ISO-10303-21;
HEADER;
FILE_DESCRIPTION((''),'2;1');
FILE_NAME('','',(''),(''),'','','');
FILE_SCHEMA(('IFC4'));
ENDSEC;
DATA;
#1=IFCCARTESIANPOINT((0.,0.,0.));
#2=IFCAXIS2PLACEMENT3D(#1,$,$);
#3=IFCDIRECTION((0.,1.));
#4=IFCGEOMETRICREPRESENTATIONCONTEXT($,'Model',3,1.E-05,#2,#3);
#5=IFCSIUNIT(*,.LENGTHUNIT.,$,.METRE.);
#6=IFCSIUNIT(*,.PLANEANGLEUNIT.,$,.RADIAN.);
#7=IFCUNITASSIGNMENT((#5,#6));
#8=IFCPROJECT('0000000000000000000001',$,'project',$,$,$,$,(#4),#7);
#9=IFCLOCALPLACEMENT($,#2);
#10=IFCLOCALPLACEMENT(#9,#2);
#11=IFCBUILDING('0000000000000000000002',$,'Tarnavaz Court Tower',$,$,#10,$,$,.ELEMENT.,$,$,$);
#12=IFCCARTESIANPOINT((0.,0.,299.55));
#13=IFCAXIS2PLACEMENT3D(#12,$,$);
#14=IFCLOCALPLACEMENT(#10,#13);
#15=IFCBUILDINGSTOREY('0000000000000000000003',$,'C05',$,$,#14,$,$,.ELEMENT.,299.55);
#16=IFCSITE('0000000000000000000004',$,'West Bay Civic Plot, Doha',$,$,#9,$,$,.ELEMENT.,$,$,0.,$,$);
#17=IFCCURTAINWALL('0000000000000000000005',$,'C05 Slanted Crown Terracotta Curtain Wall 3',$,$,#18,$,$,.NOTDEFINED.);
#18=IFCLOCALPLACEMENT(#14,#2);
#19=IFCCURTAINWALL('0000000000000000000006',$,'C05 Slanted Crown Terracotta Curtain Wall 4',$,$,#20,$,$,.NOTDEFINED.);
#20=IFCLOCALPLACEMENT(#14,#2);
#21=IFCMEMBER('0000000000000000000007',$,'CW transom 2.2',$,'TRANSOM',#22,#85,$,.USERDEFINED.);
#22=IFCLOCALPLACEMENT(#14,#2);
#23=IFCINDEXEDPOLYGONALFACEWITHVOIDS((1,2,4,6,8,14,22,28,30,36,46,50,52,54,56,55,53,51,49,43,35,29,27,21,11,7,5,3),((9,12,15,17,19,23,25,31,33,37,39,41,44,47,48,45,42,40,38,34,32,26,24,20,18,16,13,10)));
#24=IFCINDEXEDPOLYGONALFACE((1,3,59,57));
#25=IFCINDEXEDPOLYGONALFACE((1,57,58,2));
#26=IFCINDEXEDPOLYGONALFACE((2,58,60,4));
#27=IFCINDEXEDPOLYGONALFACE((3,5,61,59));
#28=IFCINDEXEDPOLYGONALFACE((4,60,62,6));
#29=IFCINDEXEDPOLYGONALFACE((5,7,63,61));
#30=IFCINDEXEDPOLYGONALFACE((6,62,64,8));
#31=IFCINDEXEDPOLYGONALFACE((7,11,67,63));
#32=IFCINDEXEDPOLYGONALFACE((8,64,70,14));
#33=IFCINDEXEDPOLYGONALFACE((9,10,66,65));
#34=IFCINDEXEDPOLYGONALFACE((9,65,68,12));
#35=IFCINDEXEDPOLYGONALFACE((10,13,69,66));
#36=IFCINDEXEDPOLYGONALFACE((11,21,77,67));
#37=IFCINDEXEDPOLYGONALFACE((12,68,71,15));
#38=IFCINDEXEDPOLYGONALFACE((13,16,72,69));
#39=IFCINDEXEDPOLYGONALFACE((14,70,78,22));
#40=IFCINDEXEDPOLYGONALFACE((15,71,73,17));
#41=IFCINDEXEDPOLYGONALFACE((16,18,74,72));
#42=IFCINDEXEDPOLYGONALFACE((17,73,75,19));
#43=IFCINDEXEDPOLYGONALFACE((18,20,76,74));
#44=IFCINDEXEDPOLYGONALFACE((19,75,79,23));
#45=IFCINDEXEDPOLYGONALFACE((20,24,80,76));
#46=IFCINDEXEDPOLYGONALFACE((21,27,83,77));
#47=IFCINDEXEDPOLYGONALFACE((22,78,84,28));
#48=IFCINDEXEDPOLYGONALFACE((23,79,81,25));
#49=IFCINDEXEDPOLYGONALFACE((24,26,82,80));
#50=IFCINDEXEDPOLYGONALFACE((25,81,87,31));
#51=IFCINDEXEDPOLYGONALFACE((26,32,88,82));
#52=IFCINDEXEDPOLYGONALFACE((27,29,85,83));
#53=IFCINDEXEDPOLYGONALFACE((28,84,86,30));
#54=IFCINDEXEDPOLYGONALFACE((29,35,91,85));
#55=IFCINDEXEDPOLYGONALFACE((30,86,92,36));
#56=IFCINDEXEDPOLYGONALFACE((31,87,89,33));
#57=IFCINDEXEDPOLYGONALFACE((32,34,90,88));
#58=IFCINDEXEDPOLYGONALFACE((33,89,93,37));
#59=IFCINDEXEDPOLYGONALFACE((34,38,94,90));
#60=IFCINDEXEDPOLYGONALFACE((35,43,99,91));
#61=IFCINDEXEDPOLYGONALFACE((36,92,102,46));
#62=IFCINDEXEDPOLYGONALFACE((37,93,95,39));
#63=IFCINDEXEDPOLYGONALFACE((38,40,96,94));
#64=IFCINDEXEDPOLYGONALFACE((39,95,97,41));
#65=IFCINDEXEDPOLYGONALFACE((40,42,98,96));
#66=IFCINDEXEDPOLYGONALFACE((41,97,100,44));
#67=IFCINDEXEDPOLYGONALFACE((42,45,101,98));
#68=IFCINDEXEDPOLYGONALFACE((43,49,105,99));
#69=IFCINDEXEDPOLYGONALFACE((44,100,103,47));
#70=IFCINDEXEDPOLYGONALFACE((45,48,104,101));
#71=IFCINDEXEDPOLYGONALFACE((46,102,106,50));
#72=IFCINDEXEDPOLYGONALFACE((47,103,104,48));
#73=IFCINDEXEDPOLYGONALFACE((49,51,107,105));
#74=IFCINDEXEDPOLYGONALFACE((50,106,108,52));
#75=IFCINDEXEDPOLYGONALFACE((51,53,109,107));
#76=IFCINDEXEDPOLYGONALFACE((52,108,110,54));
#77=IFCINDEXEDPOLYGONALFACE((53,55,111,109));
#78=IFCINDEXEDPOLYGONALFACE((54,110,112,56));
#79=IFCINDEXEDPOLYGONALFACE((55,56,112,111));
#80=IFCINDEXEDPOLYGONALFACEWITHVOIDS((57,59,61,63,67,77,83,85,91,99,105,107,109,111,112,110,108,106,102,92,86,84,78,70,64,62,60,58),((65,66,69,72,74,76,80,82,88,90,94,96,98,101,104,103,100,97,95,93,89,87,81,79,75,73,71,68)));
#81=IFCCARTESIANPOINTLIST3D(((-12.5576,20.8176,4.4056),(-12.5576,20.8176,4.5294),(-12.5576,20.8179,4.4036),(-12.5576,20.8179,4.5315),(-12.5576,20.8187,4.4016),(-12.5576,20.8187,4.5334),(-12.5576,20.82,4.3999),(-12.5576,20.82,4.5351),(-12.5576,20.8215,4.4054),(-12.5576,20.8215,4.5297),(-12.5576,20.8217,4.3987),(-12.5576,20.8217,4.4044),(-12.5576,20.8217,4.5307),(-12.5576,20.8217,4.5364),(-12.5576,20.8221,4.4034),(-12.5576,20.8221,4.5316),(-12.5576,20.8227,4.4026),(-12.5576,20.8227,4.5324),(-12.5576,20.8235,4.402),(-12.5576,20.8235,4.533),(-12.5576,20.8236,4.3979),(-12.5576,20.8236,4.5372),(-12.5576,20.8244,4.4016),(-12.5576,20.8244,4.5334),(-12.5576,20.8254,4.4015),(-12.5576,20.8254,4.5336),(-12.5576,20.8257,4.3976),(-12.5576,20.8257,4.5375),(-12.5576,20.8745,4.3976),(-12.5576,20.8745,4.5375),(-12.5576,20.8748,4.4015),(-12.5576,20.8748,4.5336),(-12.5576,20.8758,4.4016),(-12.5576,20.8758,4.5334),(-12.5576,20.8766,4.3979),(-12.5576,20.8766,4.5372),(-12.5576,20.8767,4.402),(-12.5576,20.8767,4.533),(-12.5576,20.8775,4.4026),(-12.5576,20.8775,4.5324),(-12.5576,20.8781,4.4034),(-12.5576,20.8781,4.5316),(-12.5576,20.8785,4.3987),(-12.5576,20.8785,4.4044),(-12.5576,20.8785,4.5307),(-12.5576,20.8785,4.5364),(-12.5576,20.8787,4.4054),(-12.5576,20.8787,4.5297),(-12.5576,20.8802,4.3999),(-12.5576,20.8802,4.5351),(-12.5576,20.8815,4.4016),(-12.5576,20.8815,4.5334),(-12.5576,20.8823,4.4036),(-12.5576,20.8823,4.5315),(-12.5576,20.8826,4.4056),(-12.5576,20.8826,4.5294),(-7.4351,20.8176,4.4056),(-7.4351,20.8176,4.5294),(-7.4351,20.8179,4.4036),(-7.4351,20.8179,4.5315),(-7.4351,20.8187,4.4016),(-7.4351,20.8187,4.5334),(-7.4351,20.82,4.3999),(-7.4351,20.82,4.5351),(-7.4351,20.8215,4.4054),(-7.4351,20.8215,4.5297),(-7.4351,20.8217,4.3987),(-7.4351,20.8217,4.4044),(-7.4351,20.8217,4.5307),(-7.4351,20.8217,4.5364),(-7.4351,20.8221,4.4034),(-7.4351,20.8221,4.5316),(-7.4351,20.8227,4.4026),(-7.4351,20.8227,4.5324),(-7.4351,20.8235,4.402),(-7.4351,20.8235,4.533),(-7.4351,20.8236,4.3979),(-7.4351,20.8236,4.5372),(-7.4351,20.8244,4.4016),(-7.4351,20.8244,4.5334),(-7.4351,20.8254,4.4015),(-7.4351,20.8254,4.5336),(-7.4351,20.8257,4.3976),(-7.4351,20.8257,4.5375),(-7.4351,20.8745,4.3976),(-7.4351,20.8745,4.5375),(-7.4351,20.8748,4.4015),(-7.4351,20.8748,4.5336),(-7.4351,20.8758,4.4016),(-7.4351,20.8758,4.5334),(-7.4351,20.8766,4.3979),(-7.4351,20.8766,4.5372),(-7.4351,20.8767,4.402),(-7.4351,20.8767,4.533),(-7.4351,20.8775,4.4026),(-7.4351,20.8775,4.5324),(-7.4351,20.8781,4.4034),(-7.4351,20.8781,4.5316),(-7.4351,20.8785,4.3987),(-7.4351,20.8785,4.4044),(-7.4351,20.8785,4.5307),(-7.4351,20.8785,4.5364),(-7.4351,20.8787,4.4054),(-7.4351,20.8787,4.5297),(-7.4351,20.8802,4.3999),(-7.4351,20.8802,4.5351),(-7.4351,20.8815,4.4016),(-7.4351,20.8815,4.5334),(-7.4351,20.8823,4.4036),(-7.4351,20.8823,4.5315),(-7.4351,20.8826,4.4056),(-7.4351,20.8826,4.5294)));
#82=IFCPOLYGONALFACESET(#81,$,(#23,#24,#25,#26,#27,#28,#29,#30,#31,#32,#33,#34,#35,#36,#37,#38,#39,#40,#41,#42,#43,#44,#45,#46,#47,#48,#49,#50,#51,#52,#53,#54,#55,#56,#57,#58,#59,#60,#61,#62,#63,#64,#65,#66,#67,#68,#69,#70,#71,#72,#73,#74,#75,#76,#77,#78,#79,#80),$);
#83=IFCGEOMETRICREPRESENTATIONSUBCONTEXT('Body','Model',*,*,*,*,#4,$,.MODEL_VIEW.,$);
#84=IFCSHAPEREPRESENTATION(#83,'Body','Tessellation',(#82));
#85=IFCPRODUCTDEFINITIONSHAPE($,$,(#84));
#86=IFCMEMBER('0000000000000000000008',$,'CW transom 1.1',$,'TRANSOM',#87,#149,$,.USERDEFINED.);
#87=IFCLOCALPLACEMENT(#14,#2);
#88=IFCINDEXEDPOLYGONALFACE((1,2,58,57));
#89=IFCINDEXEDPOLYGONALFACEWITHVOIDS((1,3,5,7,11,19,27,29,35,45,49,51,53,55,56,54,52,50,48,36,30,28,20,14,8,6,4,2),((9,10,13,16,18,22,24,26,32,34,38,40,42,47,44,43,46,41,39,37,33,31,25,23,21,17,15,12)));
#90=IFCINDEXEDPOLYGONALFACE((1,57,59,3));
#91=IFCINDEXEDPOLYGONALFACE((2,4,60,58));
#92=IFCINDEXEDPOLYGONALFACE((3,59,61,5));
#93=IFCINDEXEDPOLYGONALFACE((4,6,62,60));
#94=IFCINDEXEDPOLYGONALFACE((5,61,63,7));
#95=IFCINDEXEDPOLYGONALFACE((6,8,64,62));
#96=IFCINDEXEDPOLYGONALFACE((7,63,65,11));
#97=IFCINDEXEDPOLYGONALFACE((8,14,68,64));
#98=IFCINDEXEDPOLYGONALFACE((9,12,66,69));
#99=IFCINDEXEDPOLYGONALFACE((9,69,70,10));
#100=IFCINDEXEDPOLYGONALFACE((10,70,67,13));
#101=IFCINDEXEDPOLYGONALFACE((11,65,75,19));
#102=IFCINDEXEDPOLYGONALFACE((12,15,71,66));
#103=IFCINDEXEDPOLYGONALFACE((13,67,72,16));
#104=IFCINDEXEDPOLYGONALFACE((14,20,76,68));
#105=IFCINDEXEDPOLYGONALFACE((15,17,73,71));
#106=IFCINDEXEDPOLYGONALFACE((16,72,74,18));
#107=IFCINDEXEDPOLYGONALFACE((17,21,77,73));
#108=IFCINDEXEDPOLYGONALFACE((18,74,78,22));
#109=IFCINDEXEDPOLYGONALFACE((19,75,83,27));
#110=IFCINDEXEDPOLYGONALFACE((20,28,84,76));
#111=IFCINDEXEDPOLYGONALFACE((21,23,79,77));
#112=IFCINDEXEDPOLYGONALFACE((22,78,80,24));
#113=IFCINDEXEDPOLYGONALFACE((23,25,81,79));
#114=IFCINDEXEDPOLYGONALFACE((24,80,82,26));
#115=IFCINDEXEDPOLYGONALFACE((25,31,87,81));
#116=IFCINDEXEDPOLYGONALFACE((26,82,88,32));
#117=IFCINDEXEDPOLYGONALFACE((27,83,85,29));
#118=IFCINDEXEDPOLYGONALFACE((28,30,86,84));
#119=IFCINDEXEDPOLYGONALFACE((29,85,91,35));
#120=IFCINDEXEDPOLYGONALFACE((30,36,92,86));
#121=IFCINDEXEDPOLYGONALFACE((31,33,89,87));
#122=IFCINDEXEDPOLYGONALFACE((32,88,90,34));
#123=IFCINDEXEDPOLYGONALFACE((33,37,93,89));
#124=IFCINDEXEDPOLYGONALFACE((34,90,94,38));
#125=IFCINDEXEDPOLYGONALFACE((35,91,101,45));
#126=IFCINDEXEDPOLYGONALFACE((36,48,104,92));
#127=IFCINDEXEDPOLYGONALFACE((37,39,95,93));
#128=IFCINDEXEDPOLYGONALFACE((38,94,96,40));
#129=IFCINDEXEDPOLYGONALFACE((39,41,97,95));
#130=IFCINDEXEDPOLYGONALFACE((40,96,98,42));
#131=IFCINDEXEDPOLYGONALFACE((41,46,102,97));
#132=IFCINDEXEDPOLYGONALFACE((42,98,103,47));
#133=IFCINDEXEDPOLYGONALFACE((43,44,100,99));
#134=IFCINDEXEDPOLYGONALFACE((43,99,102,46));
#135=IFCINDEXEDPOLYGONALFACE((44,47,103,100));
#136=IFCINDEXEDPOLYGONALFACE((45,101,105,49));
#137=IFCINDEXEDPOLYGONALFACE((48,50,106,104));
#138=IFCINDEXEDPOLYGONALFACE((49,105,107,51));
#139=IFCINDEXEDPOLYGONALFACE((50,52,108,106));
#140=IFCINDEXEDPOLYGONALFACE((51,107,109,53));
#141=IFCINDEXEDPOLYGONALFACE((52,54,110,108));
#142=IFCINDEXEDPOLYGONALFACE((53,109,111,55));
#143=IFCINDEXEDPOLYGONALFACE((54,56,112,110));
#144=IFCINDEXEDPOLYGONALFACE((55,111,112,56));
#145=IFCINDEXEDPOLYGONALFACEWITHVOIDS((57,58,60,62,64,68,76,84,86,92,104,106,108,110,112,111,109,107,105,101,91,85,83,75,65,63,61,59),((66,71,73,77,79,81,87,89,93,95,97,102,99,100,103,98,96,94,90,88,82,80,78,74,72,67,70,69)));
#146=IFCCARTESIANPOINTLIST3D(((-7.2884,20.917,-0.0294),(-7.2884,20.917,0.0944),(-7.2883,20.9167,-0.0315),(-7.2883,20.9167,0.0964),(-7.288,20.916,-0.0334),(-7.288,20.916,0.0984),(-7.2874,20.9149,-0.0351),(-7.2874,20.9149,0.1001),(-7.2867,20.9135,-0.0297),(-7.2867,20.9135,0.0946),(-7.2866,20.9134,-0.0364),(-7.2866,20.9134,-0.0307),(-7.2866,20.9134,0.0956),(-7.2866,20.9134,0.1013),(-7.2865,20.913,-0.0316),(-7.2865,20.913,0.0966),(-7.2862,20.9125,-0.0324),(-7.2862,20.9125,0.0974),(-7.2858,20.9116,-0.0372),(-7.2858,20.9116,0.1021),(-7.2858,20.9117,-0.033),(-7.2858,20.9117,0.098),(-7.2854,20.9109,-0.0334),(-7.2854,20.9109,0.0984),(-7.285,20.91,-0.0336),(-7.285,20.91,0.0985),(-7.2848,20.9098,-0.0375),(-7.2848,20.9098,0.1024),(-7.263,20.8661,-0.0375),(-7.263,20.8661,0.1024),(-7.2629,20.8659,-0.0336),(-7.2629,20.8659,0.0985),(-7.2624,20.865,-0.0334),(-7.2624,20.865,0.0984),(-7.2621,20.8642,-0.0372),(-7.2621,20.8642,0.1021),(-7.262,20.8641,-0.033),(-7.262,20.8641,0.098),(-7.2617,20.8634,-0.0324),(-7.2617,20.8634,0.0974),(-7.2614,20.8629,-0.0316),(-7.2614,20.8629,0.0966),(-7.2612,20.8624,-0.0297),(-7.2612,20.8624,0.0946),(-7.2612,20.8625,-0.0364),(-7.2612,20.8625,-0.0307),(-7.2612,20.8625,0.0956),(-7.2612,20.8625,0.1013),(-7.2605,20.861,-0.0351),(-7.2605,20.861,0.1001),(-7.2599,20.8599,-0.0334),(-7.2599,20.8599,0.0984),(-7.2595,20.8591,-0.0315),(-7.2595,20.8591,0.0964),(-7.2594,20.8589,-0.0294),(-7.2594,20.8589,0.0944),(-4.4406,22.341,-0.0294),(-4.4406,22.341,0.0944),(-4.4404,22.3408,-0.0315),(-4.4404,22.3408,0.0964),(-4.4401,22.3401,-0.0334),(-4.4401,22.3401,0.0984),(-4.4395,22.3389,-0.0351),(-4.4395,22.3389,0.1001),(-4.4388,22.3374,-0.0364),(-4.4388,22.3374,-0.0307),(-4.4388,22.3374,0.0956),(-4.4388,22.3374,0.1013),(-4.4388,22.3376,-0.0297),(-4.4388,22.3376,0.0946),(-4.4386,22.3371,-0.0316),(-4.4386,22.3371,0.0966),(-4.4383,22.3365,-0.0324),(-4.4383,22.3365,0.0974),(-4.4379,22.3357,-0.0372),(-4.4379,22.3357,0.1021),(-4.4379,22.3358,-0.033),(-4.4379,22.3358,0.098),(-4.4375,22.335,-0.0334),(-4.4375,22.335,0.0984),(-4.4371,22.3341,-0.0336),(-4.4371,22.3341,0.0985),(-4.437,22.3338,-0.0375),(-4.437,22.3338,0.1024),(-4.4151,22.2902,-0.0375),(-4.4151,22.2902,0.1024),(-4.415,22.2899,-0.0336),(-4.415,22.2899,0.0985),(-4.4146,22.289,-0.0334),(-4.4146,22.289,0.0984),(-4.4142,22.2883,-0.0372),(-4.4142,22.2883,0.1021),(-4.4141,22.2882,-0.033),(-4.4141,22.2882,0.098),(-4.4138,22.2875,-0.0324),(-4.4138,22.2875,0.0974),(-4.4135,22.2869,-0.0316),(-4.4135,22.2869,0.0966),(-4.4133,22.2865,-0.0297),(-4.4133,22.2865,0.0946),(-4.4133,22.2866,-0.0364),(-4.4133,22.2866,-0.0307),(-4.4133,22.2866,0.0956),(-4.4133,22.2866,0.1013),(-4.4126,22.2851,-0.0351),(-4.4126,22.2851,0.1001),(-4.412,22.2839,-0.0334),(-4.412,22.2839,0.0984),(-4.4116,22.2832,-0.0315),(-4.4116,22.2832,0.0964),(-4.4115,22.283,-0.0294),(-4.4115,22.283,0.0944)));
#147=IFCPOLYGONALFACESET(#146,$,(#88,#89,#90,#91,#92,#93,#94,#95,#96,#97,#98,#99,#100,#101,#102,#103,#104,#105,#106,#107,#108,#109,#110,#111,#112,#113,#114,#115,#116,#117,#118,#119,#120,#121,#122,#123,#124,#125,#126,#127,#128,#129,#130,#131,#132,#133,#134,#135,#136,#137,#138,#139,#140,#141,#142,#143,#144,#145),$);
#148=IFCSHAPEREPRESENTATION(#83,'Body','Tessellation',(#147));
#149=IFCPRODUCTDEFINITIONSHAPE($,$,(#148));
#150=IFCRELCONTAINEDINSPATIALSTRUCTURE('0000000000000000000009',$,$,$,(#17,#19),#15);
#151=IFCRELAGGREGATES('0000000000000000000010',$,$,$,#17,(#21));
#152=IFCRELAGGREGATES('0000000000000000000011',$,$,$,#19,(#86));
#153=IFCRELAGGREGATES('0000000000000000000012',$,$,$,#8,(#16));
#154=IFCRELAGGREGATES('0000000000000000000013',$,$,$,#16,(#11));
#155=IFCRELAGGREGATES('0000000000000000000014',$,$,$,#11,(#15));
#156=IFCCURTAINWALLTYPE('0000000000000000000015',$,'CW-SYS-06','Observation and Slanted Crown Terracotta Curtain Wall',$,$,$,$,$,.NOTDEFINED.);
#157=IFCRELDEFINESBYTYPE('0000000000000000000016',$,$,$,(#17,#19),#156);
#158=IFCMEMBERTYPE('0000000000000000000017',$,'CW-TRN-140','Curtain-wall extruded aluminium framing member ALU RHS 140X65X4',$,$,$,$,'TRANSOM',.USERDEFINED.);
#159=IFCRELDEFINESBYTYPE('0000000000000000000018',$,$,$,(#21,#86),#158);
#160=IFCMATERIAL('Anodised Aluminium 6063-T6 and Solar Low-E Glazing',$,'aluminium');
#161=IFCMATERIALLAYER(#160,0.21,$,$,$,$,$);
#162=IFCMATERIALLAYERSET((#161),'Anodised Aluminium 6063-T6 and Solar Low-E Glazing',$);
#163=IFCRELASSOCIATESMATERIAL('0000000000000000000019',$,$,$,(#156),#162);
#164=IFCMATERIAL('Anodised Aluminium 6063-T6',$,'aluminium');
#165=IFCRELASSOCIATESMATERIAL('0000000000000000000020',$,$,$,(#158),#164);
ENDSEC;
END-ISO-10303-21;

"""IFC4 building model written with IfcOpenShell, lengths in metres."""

from ifc_helpers import new_model, si_unit, direction, frame, origin, origin_2d, place, context, subcontext, project, spatial, hollow_rectangle, extrude, material, layer, layer_set, material_profile, profile_set, type_object, element, aggregate, save


model = new_model("IFC4")

# Units and contexts
model_context = context("Model", 3, precision=1e-05, world=origin(), true_north=direction((0.0, 1.0)))
body_context = subcontext(model_context, "Body", "Model", "MODEL_VIEW")
ifc_project = project(units=[si_unit("LENGTHUNIT", "METRE"), si_unit("PLANEANGLEUNIT", "RADIAN")], contexts=[model_context])

# Site, building, storey
site_placement = place(None, origin())
site = spatial("IfcSite", under=ifc_project, at=site_placement, Name="West Bay Civic Plot, Doha", CompositionType="ELEMENT", RefElevation=0.0)
building_placement = place(site_placement, origin())
building = spatial("IfcBuilding", under=site, at=building_placement, Name="Tarnavaz Court Tower", CompositionType="ELEMENT")
storey_placement = place(building_placement, frame((0.0, 0.0, 299.55)))
storey = spatial("IfcBuildingStorey", under=building, at=storey_placement, Name="C05", CompositionType="ELEMENT", Elevation=299.55)

# Shared definitions
ifc_material_1 = material(Name="Anodised Aluminium 6063-T6 and Solar Low-E Glazing", Category="aluminium")
ifc_layer_1 = layer(ifc_material_1, 0.21)
ifc_layer_set_1 = layer_set([ifc_layer_1], Name="Anodised Aluminium 6063-T6 and Solar Low-E Glazing")
curtain_wall_type = type_object("IfcCurtainWallType", Name="CW-SYS-06", Description="Observation and Slanted Crown Terracotta Curtain Wall", PredefinedType="NOTDEFINED", material=ifc_layer_set_1)
ifc_material_2 = material(Name="Anodised Aluminium 6063-T6", Category="aluminium")

# Curtain walls
curtain_wall_1_placement = place(storey_placement, origin())
curtain_wall_1 = element("IfcCurtainWall", 1, at=curtain_wall_1_placement, inside=storey, type_object=curtain_wall_type, Name="C05 Slanted Crown Terracotta Curtain Wall 3", PredefinedType="NOTDEFINED")
curtain_wall_2_placement = place(storey_placement, origin())
curtain_wall_2 = element("IfcCurtainWall", 2, at=curtain_wall_2_placement, inside=storey, type_object=curtain_wall_type, Name="C05 Slanted Crown Terracotta Curtain Wall 4", PredefinedType="NOTDEFINED")

# Members
ifc_material_profile_1 = material_profile(ifc_material_2, hollow_rectangle(XDim=0.0649, YDim=0.1399, WallThickness=0.0039, InnerFilletRadius=0.0039, OuterFilletRadius=0.0081, at=origin_2d()), Name="ALU RHS 140X65X4")
ifc_profile_set_1 = profile_set([ifc_material_profile_1], Name="Anodised Aluminium 6063-T6")
member_type_1 = type_object("IfcMemberType", Name="CW-TRN-140", Description="Curtain-wall extruded aluminium framing member ALU RHS 140X65X4", ElementType="TRANSOM", PredefinedType="USERDEFINED", material=ifc_profile_set_1)
member_1_placement = place(storey_placement, frame((-12.5576, 20.8501, 4.4675), z_axis=(1.0, 0.0, 0.0), x_axis=(0.0, 1.0, 0.0)))
member_1 = element("IfcMember", 3, at=member_1_placement, type_object=member_type_1, Name="CW transom 2.2", ObjectType="TRANSOM", PredefinedType="USERDEFINED", context=body_context, shape_type="SweptSolid", body=[
    extrude(hollow_rectangle(XDim=0.0649, YDim=0.1399, WallThickness=0.0039, InnerFilletRadius=0.0039, OuterFilletRadius=0.0081, at=origin_2d()), origin(), (0.0, 0.0, 1.0), 5.1226),
])
member_2_placement = place(storey_placement, frame((-7.2739, 20.8879, 0.0325), z_axis=(0.894412, 0.447244, 0.0), x_axis=(-0.447244, 0.894412, 0.0)))
member_2 = element("IfcMember", 4, at=member_2_placement, type_object=member_type_1, Name="CW transom 1.1", ObjectType="TRANSOM", PredefinedType="USERDEFINED", context=body_context, shape_type="SweptSolid", body=[
    extrude(hollow_rectangle(XDim=0.0649, YDim=0.1399, WallThickness=0.0039, InnerFilletRadius=0.0039, OuterFilletRadius=0.0081, at=origin_2d()), origin(), (0.0, 0.0, 1.0), 3.1841),
])

aggregate(curtain_wall_1, [member_1])
aggregate(curtain_wall_2, [member_2])

save(model, "model.ifc")
